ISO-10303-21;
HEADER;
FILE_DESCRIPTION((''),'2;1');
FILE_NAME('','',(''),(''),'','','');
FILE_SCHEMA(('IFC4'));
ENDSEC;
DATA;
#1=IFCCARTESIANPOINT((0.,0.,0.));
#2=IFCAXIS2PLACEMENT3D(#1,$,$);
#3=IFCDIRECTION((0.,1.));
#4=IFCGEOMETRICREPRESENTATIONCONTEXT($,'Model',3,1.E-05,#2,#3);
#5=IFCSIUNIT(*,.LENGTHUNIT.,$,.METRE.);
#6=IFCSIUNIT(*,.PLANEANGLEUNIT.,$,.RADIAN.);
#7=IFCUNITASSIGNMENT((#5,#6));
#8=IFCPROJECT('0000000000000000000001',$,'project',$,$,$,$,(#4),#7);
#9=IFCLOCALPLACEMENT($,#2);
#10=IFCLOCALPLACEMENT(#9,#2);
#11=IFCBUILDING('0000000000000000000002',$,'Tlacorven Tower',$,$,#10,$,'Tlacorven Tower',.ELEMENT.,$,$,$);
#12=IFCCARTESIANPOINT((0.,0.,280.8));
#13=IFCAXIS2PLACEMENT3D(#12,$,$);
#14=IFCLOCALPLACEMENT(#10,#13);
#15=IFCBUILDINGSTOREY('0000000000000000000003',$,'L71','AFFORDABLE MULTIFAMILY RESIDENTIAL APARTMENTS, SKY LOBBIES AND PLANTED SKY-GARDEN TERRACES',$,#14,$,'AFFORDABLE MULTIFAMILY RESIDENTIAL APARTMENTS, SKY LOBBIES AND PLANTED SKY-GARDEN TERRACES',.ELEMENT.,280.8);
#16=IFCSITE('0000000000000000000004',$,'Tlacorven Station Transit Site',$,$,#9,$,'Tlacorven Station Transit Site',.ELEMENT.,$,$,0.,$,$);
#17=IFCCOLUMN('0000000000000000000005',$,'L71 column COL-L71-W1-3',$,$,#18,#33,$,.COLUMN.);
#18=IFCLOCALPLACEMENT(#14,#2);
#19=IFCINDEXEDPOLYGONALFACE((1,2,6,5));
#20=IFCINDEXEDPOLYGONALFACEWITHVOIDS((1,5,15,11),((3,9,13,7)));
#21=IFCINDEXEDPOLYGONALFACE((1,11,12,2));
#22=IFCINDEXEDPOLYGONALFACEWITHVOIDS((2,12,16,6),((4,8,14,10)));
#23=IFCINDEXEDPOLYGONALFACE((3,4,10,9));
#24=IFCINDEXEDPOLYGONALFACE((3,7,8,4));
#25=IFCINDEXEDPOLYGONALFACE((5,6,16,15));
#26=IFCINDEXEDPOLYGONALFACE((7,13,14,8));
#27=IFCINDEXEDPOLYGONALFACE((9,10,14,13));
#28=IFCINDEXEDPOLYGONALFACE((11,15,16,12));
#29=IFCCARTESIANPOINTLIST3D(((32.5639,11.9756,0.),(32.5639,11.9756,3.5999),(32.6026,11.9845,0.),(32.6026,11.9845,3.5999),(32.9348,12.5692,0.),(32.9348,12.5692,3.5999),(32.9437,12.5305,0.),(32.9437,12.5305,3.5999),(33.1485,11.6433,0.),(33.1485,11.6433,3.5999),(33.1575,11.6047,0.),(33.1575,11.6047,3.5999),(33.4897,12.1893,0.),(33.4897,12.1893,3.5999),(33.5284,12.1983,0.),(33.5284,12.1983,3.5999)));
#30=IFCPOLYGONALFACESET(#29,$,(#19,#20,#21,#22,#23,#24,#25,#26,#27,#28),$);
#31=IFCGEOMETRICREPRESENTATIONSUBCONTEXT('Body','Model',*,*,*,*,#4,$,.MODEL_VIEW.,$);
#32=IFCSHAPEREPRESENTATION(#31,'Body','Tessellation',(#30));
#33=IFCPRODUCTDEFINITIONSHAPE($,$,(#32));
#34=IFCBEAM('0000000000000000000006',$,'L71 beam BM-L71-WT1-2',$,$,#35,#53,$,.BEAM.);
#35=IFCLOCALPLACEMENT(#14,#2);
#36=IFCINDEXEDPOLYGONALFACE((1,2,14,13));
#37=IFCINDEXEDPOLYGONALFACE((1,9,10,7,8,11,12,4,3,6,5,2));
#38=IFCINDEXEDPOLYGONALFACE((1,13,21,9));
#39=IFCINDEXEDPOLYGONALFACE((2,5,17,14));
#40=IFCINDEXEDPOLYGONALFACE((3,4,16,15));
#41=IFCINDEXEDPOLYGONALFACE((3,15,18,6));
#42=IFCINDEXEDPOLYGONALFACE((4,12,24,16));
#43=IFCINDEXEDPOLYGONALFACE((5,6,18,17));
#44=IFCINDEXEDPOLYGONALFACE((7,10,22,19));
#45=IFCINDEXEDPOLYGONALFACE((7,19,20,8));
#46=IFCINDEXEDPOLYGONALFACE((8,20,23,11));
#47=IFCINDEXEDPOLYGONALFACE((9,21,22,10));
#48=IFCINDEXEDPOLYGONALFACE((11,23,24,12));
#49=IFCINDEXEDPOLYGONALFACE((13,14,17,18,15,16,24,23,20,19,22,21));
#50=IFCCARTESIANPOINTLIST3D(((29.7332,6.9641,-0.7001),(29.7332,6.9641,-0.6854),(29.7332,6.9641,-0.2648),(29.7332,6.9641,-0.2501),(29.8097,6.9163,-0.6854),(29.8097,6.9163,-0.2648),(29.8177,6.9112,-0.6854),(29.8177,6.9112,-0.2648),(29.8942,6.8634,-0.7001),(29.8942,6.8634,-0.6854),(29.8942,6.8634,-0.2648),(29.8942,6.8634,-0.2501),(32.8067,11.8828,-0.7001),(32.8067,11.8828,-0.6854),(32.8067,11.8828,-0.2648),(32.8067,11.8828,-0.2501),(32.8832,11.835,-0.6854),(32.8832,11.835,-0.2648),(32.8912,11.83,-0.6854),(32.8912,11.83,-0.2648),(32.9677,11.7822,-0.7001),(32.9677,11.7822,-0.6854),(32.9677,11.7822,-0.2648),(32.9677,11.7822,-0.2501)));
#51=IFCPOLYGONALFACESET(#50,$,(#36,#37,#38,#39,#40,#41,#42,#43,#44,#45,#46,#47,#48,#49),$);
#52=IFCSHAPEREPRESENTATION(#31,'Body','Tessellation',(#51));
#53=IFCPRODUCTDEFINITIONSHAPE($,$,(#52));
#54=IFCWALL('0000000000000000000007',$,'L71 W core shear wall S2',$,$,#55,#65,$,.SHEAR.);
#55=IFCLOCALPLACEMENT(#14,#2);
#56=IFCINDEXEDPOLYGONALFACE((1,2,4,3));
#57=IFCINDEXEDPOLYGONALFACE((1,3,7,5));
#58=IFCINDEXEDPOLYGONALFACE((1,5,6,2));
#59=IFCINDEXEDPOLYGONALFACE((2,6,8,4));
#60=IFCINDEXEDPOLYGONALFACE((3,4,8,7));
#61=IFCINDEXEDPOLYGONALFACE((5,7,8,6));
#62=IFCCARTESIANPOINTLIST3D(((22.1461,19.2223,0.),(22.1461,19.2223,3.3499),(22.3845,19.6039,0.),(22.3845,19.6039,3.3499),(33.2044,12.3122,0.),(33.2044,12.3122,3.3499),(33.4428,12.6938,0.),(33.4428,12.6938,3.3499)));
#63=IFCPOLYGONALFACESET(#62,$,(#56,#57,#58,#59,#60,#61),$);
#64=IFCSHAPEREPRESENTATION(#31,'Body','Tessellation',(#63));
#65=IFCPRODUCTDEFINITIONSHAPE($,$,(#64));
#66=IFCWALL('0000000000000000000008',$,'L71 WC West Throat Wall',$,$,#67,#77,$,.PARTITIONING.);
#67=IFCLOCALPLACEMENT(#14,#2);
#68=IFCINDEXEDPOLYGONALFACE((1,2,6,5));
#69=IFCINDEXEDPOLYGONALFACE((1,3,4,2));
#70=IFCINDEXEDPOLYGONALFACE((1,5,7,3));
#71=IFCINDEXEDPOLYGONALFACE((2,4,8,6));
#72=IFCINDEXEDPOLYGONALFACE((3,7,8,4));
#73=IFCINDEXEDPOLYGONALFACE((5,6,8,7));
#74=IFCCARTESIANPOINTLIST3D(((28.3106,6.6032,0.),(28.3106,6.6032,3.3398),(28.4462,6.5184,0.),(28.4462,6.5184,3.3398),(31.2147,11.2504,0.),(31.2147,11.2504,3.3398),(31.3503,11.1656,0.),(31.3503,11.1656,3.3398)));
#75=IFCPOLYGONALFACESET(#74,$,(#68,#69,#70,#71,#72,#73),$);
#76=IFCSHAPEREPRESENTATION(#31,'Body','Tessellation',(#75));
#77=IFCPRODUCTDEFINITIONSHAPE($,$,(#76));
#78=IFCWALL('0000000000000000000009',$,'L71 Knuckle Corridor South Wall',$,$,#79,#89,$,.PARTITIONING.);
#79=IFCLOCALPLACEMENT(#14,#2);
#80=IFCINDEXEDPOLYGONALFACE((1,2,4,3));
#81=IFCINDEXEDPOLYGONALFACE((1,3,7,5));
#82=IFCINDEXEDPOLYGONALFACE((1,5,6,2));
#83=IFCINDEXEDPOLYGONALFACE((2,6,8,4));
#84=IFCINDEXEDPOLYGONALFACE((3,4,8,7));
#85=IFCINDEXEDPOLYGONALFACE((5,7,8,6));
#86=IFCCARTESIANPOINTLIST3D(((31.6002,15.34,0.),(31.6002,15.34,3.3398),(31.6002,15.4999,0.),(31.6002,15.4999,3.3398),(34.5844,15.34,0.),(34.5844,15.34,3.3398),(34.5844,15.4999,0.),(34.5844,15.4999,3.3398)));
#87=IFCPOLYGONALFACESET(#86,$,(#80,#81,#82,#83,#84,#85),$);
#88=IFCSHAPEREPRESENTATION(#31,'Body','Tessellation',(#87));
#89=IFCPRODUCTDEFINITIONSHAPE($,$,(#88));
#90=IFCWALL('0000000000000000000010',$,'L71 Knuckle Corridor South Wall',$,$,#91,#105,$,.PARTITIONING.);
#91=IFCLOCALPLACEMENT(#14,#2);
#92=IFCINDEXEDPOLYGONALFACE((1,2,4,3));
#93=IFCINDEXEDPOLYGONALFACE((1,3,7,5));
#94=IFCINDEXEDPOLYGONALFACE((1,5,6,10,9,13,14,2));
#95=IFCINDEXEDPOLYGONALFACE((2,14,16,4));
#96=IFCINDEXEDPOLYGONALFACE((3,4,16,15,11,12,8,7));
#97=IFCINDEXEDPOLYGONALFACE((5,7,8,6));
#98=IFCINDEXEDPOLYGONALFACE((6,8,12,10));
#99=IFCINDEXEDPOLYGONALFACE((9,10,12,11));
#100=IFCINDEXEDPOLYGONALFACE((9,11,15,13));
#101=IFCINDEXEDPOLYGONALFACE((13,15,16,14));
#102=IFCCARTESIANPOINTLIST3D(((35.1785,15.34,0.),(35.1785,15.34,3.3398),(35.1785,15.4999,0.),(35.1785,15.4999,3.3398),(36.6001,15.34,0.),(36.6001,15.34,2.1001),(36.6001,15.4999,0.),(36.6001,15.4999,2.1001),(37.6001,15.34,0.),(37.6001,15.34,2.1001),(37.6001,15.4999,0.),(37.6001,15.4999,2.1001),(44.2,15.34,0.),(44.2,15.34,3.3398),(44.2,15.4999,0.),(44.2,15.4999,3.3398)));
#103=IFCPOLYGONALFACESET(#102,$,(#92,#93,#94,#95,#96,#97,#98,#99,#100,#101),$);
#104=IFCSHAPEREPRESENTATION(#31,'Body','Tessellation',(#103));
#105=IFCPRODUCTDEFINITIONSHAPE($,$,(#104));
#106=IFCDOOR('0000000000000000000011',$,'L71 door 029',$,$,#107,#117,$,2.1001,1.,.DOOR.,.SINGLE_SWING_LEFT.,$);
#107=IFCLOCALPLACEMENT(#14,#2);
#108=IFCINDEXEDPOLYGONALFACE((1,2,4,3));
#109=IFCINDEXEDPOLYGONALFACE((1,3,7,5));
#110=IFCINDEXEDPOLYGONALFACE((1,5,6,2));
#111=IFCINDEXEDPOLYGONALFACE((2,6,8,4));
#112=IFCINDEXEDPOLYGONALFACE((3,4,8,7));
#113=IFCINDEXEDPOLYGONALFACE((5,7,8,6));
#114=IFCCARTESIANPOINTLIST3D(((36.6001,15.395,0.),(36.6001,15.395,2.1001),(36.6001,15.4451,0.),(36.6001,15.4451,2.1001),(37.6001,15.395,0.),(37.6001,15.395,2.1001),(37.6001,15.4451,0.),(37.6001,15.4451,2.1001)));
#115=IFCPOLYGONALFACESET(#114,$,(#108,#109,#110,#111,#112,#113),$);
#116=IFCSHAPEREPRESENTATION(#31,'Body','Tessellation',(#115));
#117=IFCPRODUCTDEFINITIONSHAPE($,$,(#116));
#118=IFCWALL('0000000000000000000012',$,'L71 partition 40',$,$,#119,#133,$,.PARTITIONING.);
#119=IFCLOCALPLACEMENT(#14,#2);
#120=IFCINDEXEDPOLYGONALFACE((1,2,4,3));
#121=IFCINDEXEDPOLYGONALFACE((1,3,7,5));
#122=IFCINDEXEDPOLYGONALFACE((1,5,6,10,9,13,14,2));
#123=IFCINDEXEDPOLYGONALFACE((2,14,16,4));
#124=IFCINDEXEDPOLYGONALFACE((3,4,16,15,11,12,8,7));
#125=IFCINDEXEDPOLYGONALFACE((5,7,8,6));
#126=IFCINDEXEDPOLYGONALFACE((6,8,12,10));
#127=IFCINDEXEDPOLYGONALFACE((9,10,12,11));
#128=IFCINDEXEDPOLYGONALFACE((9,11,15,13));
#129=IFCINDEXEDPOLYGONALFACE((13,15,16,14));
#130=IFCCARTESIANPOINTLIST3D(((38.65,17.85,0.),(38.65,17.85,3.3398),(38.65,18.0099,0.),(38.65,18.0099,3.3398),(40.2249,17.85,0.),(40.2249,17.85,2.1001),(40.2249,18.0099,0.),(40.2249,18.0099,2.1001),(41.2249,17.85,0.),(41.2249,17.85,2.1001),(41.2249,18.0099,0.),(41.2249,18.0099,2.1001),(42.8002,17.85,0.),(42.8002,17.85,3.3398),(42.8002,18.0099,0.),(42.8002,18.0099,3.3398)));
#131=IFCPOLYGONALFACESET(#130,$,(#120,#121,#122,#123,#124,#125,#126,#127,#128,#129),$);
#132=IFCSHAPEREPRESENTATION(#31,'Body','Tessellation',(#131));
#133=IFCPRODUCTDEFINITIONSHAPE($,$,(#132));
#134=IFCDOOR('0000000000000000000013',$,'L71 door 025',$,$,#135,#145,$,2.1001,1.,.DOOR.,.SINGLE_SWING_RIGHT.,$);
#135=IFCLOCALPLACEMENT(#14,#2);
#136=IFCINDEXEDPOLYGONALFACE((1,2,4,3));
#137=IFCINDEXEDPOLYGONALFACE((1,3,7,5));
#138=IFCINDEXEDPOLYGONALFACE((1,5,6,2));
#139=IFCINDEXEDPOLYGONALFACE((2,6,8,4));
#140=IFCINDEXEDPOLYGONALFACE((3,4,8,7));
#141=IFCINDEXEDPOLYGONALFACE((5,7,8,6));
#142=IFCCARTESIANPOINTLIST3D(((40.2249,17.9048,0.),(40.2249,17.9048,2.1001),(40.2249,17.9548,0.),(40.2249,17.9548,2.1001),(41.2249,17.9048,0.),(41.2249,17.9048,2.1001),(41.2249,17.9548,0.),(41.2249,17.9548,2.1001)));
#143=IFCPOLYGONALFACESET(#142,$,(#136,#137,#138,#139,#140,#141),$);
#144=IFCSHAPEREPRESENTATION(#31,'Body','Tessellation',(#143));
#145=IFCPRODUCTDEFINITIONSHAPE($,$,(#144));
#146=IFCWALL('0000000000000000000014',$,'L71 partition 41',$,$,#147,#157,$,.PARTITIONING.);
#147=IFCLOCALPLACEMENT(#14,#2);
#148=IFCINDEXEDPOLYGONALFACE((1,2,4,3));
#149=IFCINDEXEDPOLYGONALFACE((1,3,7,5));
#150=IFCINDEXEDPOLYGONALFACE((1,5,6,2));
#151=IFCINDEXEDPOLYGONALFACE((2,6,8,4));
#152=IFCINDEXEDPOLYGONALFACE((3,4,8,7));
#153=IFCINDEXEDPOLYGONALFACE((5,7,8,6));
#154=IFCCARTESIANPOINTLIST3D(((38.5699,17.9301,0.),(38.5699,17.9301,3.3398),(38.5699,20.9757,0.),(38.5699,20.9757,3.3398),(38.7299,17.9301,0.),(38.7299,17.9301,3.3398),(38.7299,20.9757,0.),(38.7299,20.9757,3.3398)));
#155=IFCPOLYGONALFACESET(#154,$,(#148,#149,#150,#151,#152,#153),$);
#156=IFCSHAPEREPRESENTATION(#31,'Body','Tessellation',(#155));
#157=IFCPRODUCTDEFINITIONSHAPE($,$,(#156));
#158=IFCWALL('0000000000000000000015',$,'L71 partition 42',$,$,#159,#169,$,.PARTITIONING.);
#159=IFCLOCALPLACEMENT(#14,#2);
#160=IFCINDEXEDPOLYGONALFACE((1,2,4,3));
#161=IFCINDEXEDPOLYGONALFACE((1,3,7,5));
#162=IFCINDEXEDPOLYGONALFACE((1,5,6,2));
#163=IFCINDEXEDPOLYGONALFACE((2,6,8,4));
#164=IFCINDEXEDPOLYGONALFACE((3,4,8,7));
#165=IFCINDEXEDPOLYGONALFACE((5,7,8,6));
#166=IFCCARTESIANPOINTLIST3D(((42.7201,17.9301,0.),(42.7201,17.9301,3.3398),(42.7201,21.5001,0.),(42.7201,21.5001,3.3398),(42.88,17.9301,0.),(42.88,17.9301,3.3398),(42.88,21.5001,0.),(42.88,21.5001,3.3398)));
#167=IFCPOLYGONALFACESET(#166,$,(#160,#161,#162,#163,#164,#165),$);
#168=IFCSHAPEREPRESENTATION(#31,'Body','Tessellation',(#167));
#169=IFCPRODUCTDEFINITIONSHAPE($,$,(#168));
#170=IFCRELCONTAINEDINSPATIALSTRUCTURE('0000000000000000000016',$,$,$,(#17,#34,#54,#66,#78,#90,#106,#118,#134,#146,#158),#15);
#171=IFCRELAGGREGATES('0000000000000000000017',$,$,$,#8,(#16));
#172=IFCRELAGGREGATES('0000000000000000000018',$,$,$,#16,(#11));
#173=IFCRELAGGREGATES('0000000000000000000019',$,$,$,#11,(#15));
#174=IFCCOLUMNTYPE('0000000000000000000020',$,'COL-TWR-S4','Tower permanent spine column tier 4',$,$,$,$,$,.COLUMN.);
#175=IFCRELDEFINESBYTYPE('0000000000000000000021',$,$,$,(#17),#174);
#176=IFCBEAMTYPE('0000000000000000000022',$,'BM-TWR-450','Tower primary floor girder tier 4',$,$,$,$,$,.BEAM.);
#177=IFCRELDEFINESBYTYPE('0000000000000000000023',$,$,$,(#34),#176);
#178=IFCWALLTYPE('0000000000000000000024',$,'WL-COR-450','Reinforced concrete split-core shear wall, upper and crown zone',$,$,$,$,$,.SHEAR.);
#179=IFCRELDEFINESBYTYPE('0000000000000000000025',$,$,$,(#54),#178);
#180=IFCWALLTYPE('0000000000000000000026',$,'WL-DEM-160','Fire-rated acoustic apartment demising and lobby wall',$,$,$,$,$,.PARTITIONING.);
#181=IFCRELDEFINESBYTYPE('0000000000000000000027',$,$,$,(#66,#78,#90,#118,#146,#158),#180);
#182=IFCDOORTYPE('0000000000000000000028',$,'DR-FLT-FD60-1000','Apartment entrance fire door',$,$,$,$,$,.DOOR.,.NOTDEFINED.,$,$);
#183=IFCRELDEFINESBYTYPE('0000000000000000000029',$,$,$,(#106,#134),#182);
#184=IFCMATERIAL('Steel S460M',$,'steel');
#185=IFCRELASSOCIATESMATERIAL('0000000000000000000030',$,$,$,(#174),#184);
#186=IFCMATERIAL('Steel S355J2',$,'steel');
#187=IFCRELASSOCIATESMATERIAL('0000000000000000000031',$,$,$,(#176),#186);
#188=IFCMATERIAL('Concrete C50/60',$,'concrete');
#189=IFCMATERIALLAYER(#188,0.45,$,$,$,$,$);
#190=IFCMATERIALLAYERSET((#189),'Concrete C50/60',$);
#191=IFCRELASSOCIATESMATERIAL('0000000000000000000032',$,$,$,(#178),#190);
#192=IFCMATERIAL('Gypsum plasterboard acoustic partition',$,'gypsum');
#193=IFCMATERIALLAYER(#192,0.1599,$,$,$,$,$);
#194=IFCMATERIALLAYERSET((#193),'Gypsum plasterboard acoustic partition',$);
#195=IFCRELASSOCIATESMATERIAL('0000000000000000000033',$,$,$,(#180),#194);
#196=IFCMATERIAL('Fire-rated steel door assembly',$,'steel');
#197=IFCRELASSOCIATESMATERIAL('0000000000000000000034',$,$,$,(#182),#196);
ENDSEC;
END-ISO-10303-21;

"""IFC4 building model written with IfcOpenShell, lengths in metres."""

from ifc_helpers import new_model, si_unit, direction, frame, frame_2d, origin, origin_2d, place, context, subcontext, project, spatial, rectangle, hollow_rectangle, i_section, extrude, source, transform, mapped, material, layer, layer_set, material_profile, profile_set, type_object, element, fill, save


model = new_model("IFC4")

# Units and contexts
model_context = context("Model", 3, precision=1e-05, world=origin(), true_north=direction((0.0, 1.0)))
body_context = subcontext(model_context, "Body", "Model", "MODEL_VIEW")
ifc_project = project(units=[si_unit("LENGTHUNIT", "METRE"), si_unit("PLANEANGLEUNIT", "RADIAN")], contexts=[model_context])

# Site, building, storey
site_placement = place(None, origin())
site = spatial("IfcSite", under=ifc_project, at=site_placement, Name="Tlacorven Station Transit Site", LongName="Tlacorven Station Transit Site", CompositionType="ELEMENT", RefElevation=0.0)
building_placement = place(site_placement, origin())
building = spatial("IfcBuilding", under=site, at=building_placement, Name="Tlacorven Tower", LongName="Tlacorven Tower", CompositionType="ELEMENT")
storey_placement = place(building_placement, frame((0.0, 0.0, 280.8)))
storey = spatial("IfcBuildingStorey", under=building, at=storey_placement, Name="L71", Description="AFFORDABLE MULTIFAMILY RESIDENTIAL APARTMENTS, SKY LOBBIES AND PLANTED SKY-GARDEN TERRACES", LongName="AFFORDABLE MULTIFAMILY RESIDENTIAL APARTMENTS, SKY LOBBIES AND PLANTED SKY-GARDEN TERRACES", CompositionType="ELEMENT", Elevation=280.8)

# Column
ifc_material_1 = material(Name="Steel S460M", Category="steel")
ifc_material_profile_1 = material_profile(ifc_material_1, hollow_rectangle(XDim=0.7, YDim=0.7, WallThickness=0.0281, at=origin_2d()), Name="BOX 700X700X28")
ifc_profile_set_1 = profile_set([ifc_material_profile_1], Name="Steel S460M")
column_type = type_object("IfcColumnType", Name="COL-TWR-S4", Description="Tower permanent spine column tier 4", PredefinedType="COLUMN", material=ifc_profile_set_1)
shared_shape_1 = source(origin(), body_context, "Body", "SweptSolid", [
    extrude(hollow_rectangle(XDim=0.7, YDim=0.7, WallThickness=0.0281, at=origin_2d()), origin(), (0.0, 0.0, 1.0), 3.5999),
])
column_placement = place(storey_placement, frame((33.0461, 12.0869, 0.0), z_axis=(0.0, 0.0, 1.0), x_axis=(-0.848048, 0.529919, 0.0)))
element("IfcColumn", 1, at=column_placement, inside=storey, type_object=column_type, Name="L71 column COL-L71-W1-3", PredefinedType="COLUMN", context=body_context, shape_type="MappedRepresentation", body=[
    mapped(shared_shape_1, transform((0.0, 0.0, 0.0), scale=1.0)),
])

# Beam
ifc_material_2 = material(Name="Steel S355J2", Category="steel")
ifc_material_profile_2 = material_profile(ifc_material_2, i_section(OverallWidth=0.1899, OverallDepth=0.45, WebThickness=0.0095, FlangeThickness=0.0146, at=origin_2d()), Name="IPE 450")
ifc_profile_set_2 = profile_set([ifc_material_profile_2], Name="Steel S355J2")
beam_type = type_object("IfcBeamType", Name="BM-TWR-450", Description="Tower primary floor girder tier 4", PredefinedType="BEAM", material=ifc_profile_set_2)
shared_shape_2 = source(origin(), body_context, "Body", "SweptSolid", [
    extrude(i_section(OverallWidth=0.1899, OverallDepth=0.45, WebThickness=0.0095, FlangeThickness=0.0146, at=origin_2d()), origin(), (0.0, 0.0, 1.0), 5.8),
])
beam_placement = place(storey_placement, frame((32.8872, 11.8325, -0.4751), z_axis=(-0.529912, -0.848053, 0.0), x_axis=(0.848053, -0.529912, 0.0)))
element("IfcBeam", 2, at=beam_placement, inside=storey, type_object=beam_type, Name="L71 beam BM-L71-WT1-2", PredefinedType="BEAM", context=body_context, shape_type="MappedRepresentation", body=[
    mapped(shared_shape_2, transform((0.0, 0.0, 0.0), scale=1.0)),
])

# Walls
ifc_material_3 = material(Name="Concrete C50/60", Category="concrete")
ifc_layer_1 = layer(ifc_material_3, 0.45)
ifc_layer_set_1 = layer_set([ifc_layer_1], Name="Concrete C50/60")
wall_type_1 = type_object("IfcWallType", Name="WL-COR-450", Description="Reinforced concrete split-core shear wall, upper and crown zone", PredefinedType="SHEAR", material=ifc_layer_set_1)
wall_1_placement = place(storey_placement, frame((33.3237, 12.5029, 0.0), z_axis=(0.0, 0.0, 1.0), x_axis=(-0.848044, 0.529927, 0.0)))
element("IfcWall", 3, at=wall_1_placement, inside=storey, type_object=wall_type_1, Name="L71 W core shear wall S2", PredefinedType="SHEAR", context=body_context, shape_type="SweptSolid", body=[
    extrude(rectangle(XDim=13.0398, YDim=0.45, at=frame_2d((6.52, 0.0))), origin(), (0.0, 0.0, 1.0), 3.3499),
])
ifc_material_4 = material(Name="Gypsum plasterboard acoustic partition", Category="gypsum")
ifc_layer_2 = layer(ifc_material_4, 0.1599)
ifc_layer_set_2 = layer_set([ifc_layer_2], Name="Gypsum plasterboard acoustic partition")
wall_type_2 = type_object("IfcWallType", Name="WL-DEM-160", Description="Fire-rated acoustic apartment demising and lobby wall", PredefinedType="PARTITIONING", material=ifc_layer_set_2)
wall_2_placement = place(storey_placement, frame((31.2825, 11.208, 0.0), z_axis=(0.0, 0.0, 1.0), x_axis=(-0.529939, -0.848036, 0.0)))
element("IfcWall", 4, at=wall_2_placement, inside=storey, type_object=wall_type_2, Name="L71 WC West Throat Wall", PredefinedType="PARTITIONING", context=body_context, shape_type="SweptSolid", body=[
    extrude(rectangle(XDim=5.48, YDim=0.1599, at=frame_2d((2.74, 0.0))), origin(), (0.0, 0.0, 1.0), 3.3398),
])
wall_3_placement = place(storey_placement, frame((31.6001, 15.4199, 0.0), z_axis=(0.0, 0.0, 1.0), x_axis=(1.0, 0.0, 0.0)))
element("IfcWall", 5, at=wall_3_placement, inside=storey, type_object=wall_type_2, Name="L71 Knuckle Corridor South Wall", PredefinedType="PARTITIONING", context=body_context, shape_type="SweptSolid", body=[
    extrude(rectangle(XDim=2.9841, YDim=0.1599, at=frame_2d((1.4922, 0.0))), origin(), (0.0, 0.0, 1.0), 3.3398),
])

# Walls, openings, doors
wall_4_placement = place(storey_placement, frame((35.1785, 15.4199, 0.0), z_axis=(0.0, 0.0, 1.0), x_axis=(1.0, 0.0, 0.0)))
wall_4 = element("IfcWall", 6, at=wall_4_placement, inside=storey, type_object=wall_type_2, Name="L71 Knuckle Corridor South Wall", PredefinedType="PARTITIONING", context=body_context, shape_type="SweptSolid", body=[
    extrude(rectangle(XDim=9.0215, YDim=0.1599, at=frame_2d((4.5107, 0.0))), origin(), (0.0, 0.0, 1.0), 3.3398),
])
opening_1_placement = place(wall_4_placement, frame((1.4216, 0.0, 0.0)))
opening_1 = element("IfcOpeningElement", 7, at=opening_1_placement, cuts=wall_4, PredefinedType="OPENING", context=body_context, shape_type="SweptSolid", body=[
    extrude(rectangle(XDim=1.0, YDim=2.1001, at=frame_2d((0.5, 1.05))), frame((0.0, 0.0898, 0.0), z_axis=(0.0, -1.0, 0.0), x_axis=(1.0, 0.0, 0.0)), (0.0, 0.0, 1.0), 0.1799),
])
ifc_material_5 = material(Name="Fire-rated steel door assembly", Category="steel")
door_type_1 = type_object("IfcDoorType", Name="DR-FLT-FD60-1000", Description="Apartment entrance fire door", OperationType="NOTDEFINED", PredefinedType="DOOR", material=ifc_material_5)
shared_shape_3 = source(origin(), body_context, "Body", "SweptSolid", [
    extrude(rectangle(XDim=1.0, YDim=2.1001, at=frame_2d((0.5, 1.05))), frame((0.0, 0.0249, 0.0), z_axis=(0.0, -1.0, 0.0), x_axis=(1.0, 0.0, 0.0)), (0.0, 0.0, 1.0), 0.05),
])
door_1_placement = place(opening_1_placement, frame((1.0, 0.0, 0.0), z_axis=(0.0, 0.0, 1.0), x_axis=(-1.0, 0.0, 0.0)))
door_1 = element("IfcDoor", 8, at=door_1_placement, inside=storey, type_object=door_type_1, Name="L71 door 029", OperationType="SINGLE_SWING_LEFT", OverallHeight=2.1001, OverallWidth=1.0, PredefinedType="DOOR", context=body_context, shape_type="MappedRepresentation", body=[
    mapped(shared_shape_3, transform((0.0, 0.0, 0.0), scale=1.0)),
])
fill(opening_1, door_1)
wall_5_placement = place(storey_placement, frame((38.6499, 17.9299, 0.0), z_axis=(0.0, 0.0, 1.0), x_axis=(1.0, 0.0, 0.0)))
wall_5 = element("IfcWall", 9, at=wall_5_placement, inside=storey, type_object=wall_type_2, Name="L71 partition 40", PredefinedType="PARTITIONING", context=body_context, shape_type="SweptSolid", body=[
    extrude(rectangle(XDim=4.1501, YDim=0.1599, at=frame_2d((2.0752, 0.0))), origin(), (0.0, 0.0, 1.0), 3.3398),
])
opening_2_placement = place(wall_5_placement, frame((1.575, 0.0, 0.0)))
opening_2 = element("IfcOpeningElement", 10, at=opening_2_placement, cuts=wall_5, PredefinedType="OPENING", context=body_context, shape_type="SweptSolid", body=[
    extrude(rectangle(XDim=1.0, YDim=2.1001, at=frame_2d((0.5, 1.05))), frame((0.0, 0.0898, 0.0), z_axis=(0.0, -1.0, 0.0), x_axis=(1.0, 0.0, 0.0)), (0.0, 0.0, 1.0), 0.1799),
])
door_2_placement = place(opening_2_placement, origin())
door_2 = element("IfcDoor", 11, at=door_2_placement, inside=storey, type_object=door_type_1, Name="L71 door 025", OperationType="SINGLE_SWING_RIGHT", OverallHeight=2.1001, OverallWidth=1.0, PredefinedType="DOOR", context=body_context, shape_type="MappedRepresentation", body=[
    mapped(shared_shape_3, transform((0.0, 0.0, 0.0), scale=1.0)),
])
fill(opening_2, door_2)

# Walls
wall_6_placement = place(storey_placement, frame((38.6499, 17.9299, 0.0), z_axis=(0.0, 0.0, 1.0), x_axis=(0.0, 1.0, 0.0)))
element("IfcWall", 12, at=wall_6_placement, inside=storey, type_object=wall_type_2, Name="L71 partition 41", PredefinedType="PARTITIONING", context=body_context, shape_type="SweptSolid", body=[
    extrude(rectangle(XDim=3.0457, YDim=0.1599, at=frame_2d((1.5229, 0.0))), origin(), (0.0, 0.0, 1.0), 3.3398),
])
wall_7_placement = place(storey_placement, frame((42.8, 17.9299, 0.0), z_axis=(0.0, 0.0, 1.0), x_axis=(0.0, 1.0, 0.0)))
element("IfcWall", 13, at=wall_7_placement, inside=storey, type_object=wall_type_2, Name="L71 partition 42", PredefinedType="PARTITIONING", context=body_context, shape_type="SweptSolid", body=[
    extrude(rectangle(XDim=3.5701, YDim=0.1599, at=frame_2d((1.7852, 0.0))), origin(), (0.0, 0.0, 1.0), 3.3398),
])

save(model, "model.ifc")
